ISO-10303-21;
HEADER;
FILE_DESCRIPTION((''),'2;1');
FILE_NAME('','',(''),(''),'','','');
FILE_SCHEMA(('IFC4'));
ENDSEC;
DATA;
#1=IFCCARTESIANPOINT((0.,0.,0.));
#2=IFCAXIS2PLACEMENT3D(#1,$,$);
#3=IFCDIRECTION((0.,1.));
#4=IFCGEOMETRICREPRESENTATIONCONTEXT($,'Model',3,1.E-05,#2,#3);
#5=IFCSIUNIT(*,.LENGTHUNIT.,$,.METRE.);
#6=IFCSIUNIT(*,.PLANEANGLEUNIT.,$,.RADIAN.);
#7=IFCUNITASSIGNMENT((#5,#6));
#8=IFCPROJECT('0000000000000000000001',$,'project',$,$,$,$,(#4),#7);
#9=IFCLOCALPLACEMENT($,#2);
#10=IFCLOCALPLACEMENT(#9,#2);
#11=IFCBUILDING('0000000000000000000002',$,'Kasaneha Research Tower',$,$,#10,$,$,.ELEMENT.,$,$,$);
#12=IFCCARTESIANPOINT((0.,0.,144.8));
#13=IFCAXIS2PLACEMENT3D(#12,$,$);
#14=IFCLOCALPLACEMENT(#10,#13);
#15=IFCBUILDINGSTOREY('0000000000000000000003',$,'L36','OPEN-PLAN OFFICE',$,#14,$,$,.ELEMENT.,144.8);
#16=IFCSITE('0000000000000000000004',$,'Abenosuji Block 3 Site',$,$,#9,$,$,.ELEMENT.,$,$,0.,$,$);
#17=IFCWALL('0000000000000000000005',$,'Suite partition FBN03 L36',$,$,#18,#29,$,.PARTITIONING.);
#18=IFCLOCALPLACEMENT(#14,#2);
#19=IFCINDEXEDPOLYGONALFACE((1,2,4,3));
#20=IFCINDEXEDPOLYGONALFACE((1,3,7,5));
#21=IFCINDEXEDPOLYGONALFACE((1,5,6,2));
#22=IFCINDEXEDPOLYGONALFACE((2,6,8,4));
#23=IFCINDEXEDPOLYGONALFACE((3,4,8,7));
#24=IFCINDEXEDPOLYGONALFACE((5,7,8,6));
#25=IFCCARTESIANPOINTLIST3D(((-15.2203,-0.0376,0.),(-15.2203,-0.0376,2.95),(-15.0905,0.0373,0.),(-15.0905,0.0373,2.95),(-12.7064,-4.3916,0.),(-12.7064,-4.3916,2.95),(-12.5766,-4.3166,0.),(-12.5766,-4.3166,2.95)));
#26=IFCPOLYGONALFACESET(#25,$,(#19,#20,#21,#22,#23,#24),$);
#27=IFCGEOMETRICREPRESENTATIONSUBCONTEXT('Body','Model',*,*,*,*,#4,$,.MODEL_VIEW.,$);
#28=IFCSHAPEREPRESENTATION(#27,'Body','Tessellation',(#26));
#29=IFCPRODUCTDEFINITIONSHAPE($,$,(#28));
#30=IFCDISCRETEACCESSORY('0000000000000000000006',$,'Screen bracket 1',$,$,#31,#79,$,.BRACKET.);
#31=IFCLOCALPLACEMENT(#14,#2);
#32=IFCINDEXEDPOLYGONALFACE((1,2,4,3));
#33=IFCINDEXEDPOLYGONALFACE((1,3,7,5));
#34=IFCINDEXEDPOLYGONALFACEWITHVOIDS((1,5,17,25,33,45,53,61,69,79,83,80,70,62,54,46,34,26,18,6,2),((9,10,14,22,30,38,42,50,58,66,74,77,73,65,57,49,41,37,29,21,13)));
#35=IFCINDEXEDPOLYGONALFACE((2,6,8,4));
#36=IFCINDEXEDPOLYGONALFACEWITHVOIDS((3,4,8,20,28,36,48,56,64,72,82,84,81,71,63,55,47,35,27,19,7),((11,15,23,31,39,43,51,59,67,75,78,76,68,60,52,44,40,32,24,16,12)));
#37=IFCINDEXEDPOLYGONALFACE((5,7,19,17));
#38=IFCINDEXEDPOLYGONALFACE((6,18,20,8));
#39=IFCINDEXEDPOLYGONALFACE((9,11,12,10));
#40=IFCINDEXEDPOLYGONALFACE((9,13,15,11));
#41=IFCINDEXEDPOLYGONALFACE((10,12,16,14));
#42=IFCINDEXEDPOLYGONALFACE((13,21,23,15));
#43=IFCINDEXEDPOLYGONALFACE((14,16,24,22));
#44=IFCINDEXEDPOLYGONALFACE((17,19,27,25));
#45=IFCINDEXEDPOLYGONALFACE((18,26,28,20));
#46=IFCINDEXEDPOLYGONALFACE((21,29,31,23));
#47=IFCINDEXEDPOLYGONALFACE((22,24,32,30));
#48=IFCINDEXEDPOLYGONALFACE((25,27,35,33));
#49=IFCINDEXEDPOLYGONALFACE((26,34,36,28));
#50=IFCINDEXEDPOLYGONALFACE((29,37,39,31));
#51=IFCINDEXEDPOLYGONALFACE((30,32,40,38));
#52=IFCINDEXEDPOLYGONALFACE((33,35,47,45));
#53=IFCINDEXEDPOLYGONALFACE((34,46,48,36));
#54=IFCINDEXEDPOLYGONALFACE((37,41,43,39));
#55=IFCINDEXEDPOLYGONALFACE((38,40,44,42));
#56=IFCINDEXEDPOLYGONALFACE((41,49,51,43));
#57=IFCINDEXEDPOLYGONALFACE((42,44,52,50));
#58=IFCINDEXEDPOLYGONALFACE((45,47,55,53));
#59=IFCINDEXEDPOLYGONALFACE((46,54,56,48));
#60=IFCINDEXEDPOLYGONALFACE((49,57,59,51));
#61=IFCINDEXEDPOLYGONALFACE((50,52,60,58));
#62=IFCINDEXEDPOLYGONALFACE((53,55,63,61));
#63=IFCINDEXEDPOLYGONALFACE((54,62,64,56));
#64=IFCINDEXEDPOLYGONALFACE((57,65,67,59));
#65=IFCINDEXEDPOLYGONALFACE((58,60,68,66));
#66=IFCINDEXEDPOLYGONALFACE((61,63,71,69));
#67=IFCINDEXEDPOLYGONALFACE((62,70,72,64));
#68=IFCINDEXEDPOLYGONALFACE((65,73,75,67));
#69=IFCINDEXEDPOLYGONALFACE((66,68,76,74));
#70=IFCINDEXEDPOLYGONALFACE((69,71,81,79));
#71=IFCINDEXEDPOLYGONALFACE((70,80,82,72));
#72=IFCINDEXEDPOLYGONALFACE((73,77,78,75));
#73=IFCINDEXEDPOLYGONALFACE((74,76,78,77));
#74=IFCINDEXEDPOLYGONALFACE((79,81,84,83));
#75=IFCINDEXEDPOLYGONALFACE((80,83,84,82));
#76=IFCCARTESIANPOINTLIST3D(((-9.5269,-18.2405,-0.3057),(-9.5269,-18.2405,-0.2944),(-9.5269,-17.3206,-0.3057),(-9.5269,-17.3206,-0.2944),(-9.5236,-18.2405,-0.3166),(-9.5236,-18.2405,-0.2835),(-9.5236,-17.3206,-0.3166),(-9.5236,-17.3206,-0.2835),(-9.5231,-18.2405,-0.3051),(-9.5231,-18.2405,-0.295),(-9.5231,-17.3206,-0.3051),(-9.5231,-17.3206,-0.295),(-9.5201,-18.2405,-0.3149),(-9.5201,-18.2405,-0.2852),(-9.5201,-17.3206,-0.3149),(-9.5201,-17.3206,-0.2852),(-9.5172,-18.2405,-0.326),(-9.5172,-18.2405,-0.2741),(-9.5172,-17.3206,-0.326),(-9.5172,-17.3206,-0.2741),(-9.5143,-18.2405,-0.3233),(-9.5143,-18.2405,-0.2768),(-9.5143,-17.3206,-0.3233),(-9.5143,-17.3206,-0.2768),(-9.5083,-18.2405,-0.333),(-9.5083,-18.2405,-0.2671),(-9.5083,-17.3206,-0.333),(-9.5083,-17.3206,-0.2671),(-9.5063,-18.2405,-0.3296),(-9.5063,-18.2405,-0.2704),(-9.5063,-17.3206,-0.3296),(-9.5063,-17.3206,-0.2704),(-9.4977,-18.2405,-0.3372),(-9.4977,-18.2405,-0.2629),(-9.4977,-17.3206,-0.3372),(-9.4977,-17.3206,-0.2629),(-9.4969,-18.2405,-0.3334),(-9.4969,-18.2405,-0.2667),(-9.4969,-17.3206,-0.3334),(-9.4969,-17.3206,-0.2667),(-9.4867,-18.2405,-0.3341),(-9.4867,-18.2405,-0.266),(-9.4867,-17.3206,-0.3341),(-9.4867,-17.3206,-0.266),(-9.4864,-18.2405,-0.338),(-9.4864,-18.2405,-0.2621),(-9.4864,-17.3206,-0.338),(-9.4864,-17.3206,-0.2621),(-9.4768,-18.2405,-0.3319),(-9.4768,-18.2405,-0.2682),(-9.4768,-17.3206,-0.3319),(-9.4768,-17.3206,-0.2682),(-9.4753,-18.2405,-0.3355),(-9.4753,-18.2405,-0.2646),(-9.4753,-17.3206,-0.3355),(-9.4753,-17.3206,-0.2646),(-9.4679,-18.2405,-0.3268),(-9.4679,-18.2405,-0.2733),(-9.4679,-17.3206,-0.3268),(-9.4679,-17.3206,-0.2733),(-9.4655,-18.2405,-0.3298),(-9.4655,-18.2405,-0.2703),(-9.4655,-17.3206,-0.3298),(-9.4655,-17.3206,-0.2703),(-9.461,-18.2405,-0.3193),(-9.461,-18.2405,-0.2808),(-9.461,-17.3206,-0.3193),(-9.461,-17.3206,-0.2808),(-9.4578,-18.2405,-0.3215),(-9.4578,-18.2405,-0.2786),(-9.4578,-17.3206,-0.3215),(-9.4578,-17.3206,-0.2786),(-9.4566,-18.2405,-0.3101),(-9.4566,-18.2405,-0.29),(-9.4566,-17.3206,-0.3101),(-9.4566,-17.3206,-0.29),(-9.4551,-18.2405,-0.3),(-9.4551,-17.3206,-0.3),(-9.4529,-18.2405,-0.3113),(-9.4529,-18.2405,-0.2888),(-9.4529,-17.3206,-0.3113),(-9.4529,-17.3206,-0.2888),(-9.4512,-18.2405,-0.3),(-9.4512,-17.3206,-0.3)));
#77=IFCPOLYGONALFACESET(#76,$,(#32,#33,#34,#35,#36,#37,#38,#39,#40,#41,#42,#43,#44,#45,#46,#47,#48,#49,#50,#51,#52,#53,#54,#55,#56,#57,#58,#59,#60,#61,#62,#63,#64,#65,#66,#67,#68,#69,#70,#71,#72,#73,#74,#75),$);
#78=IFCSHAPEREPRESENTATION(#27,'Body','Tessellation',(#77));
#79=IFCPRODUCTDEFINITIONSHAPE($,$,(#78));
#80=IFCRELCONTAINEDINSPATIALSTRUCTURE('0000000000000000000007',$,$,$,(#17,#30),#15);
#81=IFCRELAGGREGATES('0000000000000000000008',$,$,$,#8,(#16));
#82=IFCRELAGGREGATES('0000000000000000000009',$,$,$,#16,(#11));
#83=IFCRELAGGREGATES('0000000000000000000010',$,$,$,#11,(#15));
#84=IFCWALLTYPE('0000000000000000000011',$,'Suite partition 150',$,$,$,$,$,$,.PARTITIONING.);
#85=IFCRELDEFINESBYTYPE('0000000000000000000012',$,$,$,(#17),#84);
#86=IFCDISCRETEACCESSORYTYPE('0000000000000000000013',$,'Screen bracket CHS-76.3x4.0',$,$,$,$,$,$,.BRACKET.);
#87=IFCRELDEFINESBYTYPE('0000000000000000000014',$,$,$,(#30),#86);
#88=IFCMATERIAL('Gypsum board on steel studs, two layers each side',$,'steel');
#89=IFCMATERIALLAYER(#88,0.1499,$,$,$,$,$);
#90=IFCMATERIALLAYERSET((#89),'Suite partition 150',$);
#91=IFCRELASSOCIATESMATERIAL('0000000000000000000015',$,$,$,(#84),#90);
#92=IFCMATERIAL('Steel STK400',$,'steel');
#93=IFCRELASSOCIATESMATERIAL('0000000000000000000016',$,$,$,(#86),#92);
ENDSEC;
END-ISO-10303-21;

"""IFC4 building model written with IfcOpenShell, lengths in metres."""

from ifc_helpers import new_model, si_unit, direction, frame, frame_2d, origin, origin_2d, place, context, subcontext, project, spatial, rectangle, hollow_circle, extrude, material, layer, layer_set, material_profile, profile_set, type_object, element, save


model = new_model("IFC4")

# Units and contexts
model_context = context("Model", 3, precision=1e-05, world=origin(), true_north=direction((0.0, 1.0)))
body_context = subcontext(model_context, "Body", "Model", "MODEL_VIEW")
ifc_project = project(units=[si_unit("LENGTHUNIT", "METRE"), si_unit("PLANEANGLEUNIT", "RADIAN")], contexts=[model_context])

# Site, building, storey
site_placement = place(None, origin())
site = spatial("IfcSite", under=ifc_project, at=site_placement, Name="Abenosuji Block 3 Site", CompositionType="ELEMENT", RefElevation=0.0)
building_placement = place(site_placement, origin())
building = spatial("IfcBuilding", under=site, at=building_placement, Name="Kasaneha Research Tower", CompositionType="ELEMENT")
storey_placement = place(building_placement, frame((0.0, 0.0, 144.8)))
storey = spatial("IfcBuildingStorey", under=building, at=storey_placement, Name="L36", Description="OPEN-PLAN OFFICE", CompositionType="ELEMENT", Elevation=144.8)

# Wall
ifc_material_1 = material(Name="Gypsum board on steel studs, two layers each side", Category="steel")
ifc_layer_1 = layer(ifc_material_1, 0.1499)
ifc_layer_set_1 = layer_set([ifc_layer_1], Name="Suite partition 150")
wall_type_1 = type_object("IfcWallType", Name="Suite partition 150", PredefinedType="PARTITIONING", material=ifc_layer_set_1)
wall_1_placement = place(storey_placement, frame((-12.6416, -4.354, 0.0), z_axis=(0.0, 0.0, 1.0), x_axis=(-0.500019, 0.866014, 0.0)))
element("IfcWall", 1, at=wall_1_placement, inside=storey, type_object=wall_type_1, Name="Suite partition FBN03 L36", PredefinedType="PARTITIONING", context=body_context, shape_type="SweptSolid", body=[
    extrude(rectangle(XDim=5.0276, YDim=0.1499, at=frame_2d((2.5137, 0.0))), origin(), (0.0, 0.0, 1.0), 2.95),
])

# Discrete accessory
ifc_material_2 = material(Name="Steel STK400", Category="steel")
ifc_material_profile_1 = material_profile(ifc_material_2, hollow_circle(Radius=0.0381, WallThickness=0.0039, at=origin_2d()), Name="CHS-76.3x4.0")
ifc_profile_set_1 = profile_set([ifc_material_profile_1], Name="Steel STK400")
discrete_accessory_type = type_object("IfcDiscreteAccessoryType", Name="Screen bracket CHS-76.3x4.0", PredefinedType="BRACKET", material=ifc_profile_set_1)
discrete_accessory_placement = place(storey_placement, frame((-9.4893, -17.3206, -0.3), z_axis=(0.0, -1.0, 0.0), x_axis=(1.0, 0.0, 0.0)))
element("IfcDiscreteAccessory", 2, at=discrete_accessory_placement, inside=storey, type_object=discrete_accessory_type, Name="Screen bracket 1", PredefinedType="BRACKET", context=body_context, shape_type="SweptSolid", body=[
    extrude(hollow_circle(Radius=0.0381, WallThickness=0.0039, at=origin_2d()), origin(), (0.0, 0.0, 1.0), 0.9199),
])

save(model, "model.ifc")
